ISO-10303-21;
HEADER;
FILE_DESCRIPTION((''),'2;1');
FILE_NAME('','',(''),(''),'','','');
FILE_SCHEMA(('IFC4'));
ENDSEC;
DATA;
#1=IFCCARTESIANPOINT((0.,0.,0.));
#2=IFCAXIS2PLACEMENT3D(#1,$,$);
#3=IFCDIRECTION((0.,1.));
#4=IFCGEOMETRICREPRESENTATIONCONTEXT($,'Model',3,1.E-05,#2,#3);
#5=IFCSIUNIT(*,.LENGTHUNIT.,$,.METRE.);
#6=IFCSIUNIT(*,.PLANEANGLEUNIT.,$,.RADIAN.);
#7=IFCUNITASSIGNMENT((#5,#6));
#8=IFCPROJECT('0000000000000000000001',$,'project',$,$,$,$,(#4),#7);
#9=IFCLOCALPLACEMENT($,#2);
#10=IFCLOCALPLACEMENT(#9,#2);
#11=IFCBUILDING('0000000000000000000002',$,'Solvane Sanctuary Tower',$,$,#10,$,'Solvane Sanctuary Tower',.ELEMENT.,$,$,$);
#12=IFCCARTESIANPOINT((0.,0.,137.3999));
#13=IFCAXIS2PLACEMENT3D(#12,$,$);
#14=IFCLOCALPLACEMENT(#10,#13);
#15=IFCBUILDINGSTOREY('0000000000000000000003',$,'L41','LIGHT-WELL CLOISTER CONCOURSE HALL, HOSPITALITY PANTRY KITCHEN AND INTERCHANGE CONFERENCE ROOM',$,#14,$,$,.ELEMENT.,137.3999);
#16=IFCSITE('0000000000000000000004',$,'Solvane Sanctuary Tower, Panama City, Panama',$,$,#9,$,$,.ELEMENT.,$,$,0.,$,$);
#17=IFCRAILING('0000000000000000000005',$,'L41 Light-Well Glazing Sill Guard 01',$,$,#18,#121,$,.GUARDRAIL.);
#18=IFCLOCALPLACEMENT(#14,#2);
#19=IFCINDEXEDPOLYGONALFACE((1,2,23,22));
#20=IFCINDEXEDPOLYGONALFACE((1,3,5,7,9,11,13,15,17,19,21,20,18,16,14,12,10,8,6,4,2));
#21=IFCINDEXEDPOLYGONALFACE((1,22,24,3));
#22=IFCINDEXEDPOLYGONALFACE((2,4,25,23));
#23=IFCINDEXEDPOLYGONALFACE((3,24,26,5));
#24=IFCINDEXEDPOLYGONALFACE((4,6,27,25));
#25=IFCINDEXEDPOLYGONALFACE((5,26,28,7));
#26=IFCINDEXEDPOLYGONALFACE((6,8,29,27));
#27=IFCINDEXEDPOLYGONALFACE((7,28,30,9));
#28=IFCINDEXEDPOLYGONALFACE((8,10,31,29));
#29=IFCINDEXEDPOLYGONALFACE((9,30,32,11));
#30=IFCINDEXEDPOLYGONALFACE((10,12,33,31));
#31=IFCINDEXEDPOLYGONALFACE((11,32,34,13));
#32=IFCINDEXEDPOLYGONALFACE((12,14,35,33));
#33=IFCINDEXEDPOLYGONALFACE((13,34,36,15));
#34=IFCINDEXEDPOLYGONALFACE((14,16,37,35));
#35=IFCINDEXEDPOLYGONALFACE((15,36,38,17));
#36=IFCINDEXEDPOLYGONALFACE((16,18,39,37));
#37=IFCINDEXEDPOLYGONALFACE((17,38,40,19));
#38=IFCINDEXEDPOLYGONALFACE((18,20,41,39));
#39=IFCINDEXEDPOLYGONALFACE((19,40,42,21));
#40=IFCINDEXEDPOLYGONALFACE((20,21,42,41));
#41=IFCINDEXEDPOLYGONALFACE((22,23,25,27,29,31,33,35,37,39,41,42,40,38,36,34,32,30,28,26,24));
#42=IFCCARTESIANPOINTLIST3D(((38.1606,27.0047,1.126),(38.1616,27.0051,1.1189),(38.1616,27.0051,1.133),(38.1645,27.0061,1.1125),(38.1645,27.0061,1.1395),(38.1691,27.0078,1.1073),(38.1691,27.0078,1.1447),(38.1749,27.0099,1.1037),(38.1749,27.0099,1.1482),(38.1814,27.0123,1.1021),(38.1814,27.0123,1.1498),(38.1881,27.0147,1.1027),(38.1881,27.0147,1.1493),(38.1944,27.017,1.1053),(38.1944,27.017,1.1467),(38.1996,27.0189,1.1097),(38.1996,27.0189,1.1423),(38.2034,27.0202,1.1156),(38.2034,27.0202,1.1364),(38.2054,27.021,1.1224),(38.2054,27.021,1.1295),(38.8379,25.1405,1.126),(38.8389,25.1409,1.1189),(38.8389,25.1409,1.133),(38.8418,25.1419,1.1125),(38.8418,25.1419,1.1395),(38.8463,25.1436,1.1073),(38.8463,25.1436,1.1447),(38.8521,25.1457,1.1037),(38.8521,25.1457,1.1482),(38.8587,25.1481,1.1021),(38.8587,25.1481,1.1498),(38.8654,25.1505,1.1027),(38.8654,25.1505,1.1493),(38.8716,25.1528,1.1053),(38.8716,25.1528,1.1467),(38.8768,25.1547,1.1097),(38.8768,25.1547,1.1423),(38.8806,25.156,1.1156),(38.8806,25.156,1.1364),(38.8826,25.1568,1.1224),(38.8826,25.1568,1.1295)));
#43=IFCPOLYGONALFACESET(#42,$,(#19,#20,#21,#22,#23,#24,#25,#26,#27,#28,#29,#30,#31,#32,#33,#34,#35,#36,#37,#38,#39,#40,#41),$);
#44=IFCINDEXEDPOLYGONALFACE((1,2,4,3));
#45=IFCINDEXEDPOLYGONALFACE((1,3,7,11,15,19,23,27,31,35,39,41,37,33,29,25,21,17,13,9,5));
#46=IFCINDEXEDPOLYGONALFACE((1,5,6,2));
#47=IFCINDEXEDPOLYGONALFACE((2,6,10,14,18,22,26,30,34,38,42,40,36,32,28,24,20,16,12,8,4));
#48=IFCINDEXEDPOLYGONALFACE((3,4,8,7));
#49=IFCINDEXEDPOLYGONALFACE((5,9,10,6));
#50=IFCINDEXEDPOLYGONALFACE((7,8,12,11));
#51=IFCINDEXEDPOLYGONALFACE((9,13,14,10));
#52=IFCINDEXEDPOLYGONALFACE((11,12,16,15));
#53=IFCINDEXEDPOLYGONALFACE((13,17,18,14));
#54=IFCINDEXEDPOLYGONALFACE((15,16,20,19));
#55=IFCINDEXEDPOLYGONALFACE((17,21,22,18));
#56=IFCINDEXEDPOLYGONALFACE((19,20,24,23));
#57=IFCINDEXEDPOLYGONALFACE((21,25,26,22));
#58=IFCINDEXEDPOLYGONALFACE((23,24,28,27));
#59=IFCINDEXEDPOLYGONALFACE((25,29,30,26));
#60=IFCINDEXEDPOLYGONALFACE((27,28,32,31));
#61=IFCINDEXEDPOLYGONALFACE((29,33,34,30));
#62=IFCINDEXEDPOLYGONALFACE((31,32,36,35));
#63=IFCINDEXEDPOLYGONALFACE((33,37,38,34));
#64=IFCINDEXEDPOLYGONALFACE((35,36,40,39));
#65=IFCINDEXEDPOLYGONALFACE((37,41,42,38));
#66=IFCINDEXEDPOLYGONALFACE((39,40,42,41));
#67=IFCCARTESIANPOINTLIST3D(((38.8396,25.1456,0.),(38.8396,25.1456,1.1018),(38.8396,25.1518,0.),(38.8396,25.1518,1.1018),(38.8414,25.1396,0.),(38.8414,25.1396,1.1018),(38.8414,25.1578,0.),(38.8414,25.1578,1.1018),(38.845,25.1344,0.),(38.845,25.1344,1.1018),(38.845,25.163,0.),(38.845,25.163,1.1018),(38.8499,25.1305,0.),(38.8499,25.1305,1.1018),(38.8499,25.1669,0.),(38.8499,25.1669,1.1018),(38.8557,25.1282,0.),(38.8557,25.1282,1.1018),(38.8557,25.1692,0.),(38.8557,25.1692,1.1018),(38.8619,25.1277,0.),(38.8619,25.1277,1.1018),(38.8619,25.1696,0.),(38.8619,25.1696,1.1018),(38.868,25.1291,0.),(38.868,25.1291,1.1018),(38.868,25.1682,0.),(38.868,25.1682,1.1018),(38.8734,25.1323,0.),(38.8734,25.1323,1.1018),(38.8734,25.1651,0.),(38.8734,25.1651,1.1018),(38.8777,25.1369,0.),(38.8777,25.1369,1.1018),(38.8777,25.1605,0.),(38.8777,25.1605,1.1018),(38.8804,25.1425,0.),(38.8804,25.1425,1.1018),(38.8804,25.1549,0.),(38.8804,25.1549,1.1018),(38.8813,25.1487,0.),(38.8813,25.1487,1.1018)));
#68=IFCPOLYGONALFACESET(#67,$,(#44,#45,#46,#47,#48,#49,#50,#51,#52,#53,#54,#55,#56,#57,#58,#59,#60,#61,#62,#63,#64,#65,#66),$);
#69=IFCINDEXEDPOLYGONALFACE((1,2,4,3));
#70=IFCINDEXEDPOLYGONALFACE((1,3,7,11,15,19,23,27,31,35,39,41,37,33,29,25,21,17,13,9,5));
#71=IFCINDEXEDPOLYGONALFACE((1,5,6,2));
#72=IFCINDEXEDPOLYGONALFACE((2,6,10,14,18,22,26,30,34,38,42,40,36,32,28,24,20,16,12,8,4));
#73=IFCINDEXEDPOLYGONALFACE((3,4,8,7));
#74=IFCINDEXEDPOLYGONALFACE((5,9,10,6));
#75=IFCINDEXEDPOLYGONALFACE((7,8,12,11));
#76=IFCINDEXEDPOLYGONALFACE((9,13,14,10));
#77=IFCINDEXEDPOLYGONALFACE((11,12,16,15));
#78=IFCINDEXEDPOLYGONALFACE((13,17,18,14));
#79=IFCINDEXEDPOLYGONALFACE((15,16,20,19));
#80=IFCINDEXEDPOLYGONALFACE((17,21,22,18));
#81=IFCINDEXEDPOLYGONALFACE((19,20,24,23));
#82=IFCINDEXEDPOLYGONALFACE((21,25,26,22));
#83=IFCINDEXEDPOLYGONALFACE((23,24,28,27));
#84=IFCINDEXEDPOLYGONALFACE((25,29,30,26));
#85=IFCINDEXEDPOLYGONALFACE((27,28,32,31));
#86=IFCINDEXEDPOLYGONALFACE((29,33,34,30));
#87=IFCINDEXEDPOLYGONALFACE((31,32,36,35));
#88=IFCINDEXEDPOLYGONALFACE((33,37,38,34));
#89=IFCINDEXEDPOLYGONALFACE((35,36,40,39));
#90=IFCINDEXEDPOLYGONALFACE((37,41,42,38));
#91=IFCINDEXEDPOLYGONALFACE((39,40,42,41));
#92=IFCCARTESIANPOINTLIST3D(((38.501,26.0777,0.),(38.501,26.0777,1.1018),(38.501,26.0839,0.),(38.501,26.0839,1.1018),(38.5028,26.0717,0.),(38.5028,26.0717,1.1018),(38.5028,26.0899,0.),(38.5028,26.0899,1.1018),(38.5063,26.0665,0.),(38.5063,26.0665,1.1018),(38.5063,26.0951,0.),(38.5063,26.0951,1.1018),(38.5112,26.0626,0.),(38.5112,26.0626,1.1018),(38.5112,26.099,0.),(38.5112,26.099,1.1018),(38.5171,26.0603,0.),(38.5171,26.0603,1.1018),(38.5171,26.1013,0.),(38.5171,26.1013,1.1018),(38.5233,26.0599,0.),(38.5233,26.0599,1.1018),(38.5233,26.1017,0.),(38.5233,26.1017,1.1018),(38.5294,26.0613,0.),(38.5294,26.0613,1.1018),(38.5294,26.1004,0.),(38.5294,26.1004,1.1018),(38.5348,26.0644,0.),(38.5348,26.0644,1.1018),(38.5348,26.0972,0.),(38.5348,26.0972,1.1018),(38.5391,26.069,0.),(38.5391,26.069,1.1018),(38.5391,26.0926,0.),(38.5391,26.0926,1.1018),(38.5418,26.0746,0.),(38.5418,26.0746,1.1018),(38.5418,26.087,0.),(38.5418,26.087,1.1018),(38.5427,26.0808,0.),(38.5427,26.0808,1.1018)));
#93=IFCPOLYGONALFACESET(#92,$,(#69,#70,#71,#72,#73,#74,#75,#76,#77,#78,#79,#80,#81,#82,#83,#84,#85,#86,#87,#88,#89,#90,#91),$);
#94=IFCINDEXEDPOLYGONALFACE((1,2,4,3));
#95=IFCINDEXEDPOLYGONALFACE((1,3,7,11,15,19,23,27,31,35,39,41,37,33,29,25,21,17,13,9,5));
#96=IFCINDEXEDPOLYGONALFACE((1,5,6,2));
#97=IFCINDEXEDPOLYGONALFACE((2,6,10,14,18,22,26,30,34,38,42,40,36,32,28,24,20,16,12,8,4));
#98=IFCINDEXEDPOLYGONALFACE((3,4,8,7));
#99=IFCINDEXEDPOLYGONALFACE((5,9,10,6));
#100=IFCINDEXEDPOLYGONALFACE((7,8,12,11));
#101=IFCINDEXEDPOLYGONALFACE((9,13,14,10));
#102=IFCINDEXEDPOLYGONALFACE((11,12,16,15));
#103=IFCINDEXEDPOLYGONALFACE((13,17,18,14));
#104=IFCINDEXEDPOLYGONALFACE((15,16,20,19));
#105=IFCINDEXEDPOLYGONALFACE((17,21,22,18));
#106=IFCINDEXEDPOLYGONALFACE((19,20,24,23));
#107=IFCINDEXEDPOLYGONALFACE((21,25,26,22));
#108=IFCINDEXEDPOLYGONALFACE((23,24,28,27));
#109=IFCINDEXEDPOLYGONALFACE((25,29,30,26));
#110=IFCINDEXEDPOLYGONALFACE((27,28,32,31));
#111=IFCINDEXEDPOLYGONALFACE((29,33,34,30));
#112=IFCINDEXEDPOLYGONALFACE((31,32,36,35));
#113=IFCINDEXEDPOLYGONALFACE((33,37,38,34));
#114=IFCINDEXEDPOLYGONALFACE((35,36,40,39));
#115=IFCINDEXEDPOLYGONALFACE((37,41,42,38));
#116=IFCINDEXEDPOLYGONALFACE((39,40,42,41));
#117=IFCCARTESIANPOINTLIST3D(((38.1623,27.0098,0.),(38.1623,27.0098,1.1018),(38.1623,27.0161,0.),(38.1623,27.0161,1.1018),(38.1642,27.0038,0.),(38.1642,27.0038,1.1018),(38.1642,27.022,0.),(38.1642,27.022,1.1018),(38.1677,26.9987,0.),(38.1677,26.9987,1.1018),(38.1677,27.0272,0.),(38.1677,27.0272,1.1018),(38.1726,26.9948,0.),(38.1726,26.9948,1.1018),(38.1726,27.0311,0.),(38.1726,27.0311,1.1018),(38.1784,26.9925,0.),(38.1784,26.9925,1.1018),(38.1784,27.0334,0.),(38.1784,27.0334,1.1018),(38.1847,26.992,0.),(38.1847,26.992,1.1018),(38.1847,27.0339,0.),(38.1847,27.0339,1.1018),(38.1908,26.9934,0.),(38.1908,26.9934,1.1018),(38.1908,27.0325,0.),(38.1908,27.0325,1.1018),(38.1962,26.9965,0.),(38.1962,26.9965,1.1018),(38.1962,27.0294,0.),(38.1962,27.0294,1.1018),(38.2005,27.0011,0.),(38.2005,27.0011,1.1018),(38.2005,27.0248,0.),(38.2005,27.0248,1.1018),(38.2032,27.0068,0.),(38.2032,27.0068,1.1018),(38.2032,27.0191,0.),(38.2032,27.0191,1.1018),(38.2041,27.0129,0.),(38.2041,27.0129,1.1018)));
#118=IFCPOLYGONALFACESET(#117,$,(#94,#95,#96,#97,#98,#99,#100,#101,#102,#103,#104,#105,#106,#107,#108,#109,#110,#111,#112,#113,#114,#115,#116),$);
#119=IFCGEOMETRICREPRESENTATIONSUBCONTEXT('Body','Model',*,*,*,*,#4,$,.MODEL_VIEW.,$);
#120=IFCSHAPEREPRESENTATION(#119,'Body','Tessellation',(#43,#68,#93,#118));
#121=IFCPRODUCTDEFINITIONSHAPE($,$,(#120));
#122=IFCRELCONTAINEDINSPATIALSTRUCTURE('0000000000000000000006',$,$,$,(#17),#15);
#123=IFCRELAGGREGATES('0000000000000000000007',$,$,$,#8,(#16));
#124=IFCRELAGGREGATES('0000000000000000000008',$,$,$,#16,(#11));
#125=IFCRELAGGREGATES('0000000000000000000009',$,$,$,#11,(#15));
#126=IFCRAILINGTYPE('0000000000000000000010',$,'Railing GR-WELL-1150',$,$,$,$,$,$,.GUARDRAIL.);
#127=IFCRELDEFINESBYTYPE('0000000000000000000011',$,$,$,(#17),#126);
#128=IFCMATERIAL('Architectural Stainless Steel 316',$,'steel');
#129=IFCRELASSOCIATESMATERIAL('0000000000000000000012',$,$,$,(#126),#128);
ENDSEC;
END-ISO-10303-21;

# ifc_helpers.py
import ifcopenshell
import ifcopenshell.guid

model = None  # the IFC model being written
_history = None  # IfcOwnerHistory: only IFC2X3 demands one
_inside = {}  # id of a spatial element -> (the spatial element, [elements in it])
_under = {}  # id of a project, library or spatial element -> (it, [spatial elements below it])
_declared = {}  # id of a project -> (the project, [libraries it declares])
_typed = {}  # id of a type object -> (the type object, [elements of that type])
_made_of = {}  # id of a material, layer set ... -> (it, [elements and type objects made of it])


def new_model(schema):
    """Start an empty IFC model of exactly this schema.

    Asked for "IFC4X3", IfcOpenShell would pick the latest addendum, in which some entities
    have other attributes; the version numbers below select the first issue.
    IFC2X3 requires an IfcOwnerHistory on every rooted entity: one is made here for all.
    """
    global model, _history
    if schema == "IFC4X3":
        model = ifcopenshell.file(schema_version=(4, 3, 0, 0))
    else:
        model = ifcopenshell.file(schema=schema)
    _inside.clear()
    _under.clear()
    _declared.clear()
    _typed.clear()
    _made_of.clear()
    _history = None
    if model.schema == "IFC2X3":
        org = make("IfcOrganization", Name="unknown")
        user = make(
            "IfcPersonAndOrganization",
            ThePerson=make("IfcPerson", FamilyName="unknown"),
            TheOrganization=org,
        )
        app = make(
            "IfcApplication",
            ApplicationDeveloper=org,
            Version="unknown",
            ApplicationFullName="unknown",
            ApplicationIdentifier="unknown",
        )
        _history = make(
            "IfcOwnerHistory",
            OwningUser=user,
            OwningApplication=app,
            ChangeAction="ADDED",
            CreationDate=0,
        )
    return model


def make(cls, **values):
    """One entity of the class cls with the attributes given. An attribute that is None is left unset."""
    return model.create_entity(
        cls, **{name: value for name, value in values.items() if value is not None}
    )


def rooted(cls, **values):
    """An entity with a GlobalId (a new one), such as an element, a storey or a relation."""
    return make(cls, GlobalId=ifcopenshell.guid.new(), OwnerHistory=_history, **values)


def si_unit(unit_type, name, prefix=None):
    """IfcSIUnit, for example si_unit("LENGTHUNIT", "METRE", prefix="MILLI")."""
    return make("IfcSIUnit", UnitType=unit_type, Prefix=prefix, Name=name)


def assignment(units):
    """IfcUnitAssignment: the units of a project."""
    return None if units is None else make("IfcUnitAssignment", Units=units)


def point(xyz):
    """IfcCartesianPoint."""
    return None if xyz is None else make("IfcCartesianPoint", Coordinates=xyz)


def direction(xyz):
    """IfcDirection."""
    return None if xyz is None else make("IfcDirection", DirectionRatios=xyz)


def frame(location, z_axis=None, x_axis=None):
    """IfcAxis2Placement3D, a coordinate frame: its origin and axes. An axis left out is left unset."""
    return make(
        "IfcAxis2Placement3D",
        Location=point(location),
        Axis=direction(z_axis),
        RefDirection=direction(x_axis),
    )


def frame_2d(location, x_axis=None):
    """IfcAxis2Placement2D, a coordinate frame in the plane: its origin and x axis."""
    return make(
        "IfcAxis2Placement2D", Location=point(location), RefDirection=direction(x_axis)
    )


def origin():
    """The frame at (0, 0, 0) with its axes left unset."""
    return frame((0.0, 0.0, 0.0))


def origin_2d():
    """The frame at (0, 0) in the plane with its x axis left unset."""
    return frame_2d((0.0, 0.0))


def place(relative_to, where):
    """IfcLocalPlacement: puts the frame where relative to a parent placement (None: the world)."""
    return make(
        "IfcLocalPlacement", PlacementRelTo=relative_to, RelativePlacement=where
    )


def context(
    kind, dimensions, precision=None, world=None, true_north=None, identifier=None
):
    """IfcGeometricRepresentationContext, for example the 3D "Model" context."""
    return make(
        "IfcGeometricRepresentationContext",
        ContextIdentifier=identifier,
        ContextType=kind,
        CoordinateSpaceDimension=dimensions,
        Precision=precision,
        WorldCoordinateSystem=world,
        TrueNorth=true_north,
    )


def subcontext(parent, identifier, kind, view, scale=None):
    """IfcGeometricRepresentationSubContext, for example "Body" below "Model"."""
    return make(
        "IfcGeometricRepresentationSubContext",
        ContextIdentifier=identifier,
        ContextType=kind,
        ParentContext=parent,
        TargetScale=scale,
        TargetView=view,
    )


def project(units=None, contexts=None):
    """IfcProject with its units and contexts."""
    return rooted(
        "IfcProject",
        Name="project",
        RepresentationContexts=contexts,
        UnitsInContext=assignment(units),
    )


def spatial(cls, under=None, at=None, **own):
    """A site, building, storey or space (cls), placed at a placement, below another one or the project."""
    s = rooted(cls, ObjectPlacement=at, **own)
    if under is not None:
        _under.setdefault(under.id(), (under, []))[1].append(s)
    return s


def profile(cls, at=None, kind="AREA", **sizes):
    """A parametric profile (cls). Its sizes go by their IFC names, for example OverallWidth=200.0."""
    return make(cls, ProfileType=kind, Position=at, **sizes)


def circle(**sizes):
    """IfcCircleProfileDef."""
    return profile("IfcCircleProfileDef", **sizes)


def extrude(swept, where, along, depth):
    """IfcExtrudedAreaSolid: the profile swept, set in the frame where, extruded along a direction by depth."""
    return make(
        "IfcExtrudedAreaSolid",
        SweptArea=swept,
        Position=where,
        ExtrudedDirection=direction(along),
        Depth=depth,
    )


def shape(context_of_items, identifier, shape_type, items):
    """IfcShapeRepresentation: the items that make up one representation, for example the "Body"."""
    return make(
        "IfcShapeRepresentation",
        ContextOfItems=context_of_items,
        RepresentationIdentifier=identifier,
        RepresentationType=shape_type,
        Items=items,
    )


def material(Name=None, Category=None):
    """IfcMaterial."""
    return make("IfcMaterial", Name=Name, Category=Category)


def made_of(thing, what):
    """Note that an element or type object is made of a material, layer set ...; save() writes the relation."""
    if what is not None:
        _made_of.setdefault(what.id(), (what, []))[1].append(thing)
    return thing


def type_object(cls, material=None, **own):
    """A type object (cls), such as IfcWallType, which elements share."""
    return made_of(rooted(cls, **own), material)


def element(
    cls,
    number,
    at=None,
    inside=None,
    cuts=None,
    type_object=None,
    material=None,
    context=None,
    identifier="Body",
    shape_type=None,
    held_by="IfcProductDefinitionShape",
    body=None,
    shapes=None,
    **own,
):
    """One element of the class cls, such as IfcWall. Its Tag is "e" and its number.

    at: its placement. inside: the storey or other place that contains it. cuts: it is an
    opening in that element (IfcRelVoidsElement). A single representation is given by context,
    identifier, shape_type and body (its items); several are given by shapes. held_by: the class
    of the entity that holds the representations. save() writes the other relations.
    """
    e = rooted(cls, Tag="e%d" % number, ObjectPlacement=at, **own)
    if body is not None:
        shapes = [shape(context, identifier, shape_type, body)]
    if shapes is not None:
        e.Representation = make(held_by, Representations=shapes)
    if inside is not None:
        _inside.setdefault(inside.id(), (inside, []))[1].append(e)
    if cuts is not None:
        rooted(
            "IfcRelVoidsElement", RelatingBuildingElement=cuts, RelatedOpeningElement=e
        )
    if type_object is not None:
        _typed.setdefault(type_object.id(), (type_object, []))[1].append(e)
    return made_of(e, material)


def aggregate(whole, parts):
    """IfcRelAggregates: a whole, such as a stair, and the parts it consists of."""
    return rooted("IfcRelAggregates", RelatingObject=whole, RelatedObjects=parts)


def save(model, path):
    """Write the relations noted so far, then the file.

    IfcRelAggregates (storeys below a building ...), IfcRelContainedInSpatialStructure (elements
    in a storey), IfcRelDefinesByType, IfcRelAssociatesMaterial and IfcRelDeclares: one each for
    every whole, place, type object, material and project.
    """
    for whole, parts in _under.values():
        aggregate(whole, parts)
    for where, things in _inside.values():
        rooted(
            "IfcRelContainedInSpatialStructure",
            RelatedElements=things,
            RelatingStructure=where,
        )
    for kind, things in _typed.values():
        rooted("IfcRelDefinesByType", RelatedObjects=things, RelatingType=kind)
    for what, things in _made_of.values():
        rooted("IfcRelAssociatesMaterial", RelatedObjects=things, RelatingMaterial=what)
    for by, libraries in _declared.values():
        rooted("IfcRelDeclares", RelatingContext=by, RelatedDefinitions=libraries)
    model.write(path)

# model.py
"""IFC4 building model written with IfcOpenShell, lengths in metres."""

from ifc_helpers import new_model, si_unit, direction, frame, origin, origin_2d, place, context, subcontext, project, spatial, circle, extrude, material, type_object, element, save


model = new_model("IFC4")

# Units and contexts
model_context = context("Model", 3, precision=1e-05, world=origin(), true_north=direction((0.0, 1.0)))
body_context = subcontext(model_context, "Body", "Model", "MODEL_VIEW")
ifc_project = project(units=[si_unit("LENGTHUNIT", "METRE"), si_unit("PLANEANGLEUNIT", "RADIAN")], contexts=[model_context])

# Site, building, storey
site_placement = place(None, origin())
site = spatial("IfcSite", under=ifc_project, at=site_placement, Name="Solvane Sanctuary Tower, Panama City, Panama", CompositionType="ELEMENT", RefElevation=0.0)
building_placement = place(site_placement, origin())
building = spatial("IfcBuilding", under=site, at=building_placement, Name="Solvane Sanctuary Tower", LongName="Solvane Sanctuary Tower", CompositionType="ELEMENT")
storey_placement = place(building_placement, frame((0.0, 0.0, 137.3999)))
storey = spatial("IfcBuildingStorey", under=building, at=storey_placement, Name="L41", Description="LIGHT-WELL CLOISTER CONCOURSE HALL, HOSPITALITY PANTRY KITCHEN AND INTERCHANGE CONFERENCE ROOM", CompositionType="ELEMENT", Elevation=137.3999)

# Shared definitions
ifc_material_1 = material(Name="Architectural Stainless Steel 316", Category="steel")

# Railing
railing_type_1 = type_object("IfcRailingType", Name="Railing GR-WELL-1150", PredefinedType="GUARDRAIL", material=ifc_material_1)
railing_1_placement = place(storey_placement, frame((38.8604, 25.1487, 0.0)))
element("IfcRailing", 1, at=railing_1_placement, inside=storey, type_object=railing_type_1, Name="L41 Light-Well Glazing Sill Guard 01", PredefinedType="GUARDRAIL", context=body_context, shape_type="SweptSolid", body=[
    extrude(circle(Radius=0.0239, at=origin_2d()), frame((0.0, 0.0, 1.126), z_axis=(-0.341447, 0.939901, 0.0), x_axis=(-0.939901, -0.341447, 0.0)), (0.0, 0.0, 1.0), 1.9834),
    extrude(circle(Radius=0.021, at=origin_2d()), origin(), (0.0, 0.0, 1.0), 1.1018),
    extrude(circle(Radius=0.021, at=origin_2d()), frame((-0.3386, 0.9321, 0.0)), (0.0, 0.0, 1.0), 1.1018),
    extrude(circle(Radius=0.021, at=origin_2d()), frame((-0.6772, 1.8643, 0.0)), (0.0, 0.0, 1.0), 1.1018),
])

save(model, "model.ifc")
